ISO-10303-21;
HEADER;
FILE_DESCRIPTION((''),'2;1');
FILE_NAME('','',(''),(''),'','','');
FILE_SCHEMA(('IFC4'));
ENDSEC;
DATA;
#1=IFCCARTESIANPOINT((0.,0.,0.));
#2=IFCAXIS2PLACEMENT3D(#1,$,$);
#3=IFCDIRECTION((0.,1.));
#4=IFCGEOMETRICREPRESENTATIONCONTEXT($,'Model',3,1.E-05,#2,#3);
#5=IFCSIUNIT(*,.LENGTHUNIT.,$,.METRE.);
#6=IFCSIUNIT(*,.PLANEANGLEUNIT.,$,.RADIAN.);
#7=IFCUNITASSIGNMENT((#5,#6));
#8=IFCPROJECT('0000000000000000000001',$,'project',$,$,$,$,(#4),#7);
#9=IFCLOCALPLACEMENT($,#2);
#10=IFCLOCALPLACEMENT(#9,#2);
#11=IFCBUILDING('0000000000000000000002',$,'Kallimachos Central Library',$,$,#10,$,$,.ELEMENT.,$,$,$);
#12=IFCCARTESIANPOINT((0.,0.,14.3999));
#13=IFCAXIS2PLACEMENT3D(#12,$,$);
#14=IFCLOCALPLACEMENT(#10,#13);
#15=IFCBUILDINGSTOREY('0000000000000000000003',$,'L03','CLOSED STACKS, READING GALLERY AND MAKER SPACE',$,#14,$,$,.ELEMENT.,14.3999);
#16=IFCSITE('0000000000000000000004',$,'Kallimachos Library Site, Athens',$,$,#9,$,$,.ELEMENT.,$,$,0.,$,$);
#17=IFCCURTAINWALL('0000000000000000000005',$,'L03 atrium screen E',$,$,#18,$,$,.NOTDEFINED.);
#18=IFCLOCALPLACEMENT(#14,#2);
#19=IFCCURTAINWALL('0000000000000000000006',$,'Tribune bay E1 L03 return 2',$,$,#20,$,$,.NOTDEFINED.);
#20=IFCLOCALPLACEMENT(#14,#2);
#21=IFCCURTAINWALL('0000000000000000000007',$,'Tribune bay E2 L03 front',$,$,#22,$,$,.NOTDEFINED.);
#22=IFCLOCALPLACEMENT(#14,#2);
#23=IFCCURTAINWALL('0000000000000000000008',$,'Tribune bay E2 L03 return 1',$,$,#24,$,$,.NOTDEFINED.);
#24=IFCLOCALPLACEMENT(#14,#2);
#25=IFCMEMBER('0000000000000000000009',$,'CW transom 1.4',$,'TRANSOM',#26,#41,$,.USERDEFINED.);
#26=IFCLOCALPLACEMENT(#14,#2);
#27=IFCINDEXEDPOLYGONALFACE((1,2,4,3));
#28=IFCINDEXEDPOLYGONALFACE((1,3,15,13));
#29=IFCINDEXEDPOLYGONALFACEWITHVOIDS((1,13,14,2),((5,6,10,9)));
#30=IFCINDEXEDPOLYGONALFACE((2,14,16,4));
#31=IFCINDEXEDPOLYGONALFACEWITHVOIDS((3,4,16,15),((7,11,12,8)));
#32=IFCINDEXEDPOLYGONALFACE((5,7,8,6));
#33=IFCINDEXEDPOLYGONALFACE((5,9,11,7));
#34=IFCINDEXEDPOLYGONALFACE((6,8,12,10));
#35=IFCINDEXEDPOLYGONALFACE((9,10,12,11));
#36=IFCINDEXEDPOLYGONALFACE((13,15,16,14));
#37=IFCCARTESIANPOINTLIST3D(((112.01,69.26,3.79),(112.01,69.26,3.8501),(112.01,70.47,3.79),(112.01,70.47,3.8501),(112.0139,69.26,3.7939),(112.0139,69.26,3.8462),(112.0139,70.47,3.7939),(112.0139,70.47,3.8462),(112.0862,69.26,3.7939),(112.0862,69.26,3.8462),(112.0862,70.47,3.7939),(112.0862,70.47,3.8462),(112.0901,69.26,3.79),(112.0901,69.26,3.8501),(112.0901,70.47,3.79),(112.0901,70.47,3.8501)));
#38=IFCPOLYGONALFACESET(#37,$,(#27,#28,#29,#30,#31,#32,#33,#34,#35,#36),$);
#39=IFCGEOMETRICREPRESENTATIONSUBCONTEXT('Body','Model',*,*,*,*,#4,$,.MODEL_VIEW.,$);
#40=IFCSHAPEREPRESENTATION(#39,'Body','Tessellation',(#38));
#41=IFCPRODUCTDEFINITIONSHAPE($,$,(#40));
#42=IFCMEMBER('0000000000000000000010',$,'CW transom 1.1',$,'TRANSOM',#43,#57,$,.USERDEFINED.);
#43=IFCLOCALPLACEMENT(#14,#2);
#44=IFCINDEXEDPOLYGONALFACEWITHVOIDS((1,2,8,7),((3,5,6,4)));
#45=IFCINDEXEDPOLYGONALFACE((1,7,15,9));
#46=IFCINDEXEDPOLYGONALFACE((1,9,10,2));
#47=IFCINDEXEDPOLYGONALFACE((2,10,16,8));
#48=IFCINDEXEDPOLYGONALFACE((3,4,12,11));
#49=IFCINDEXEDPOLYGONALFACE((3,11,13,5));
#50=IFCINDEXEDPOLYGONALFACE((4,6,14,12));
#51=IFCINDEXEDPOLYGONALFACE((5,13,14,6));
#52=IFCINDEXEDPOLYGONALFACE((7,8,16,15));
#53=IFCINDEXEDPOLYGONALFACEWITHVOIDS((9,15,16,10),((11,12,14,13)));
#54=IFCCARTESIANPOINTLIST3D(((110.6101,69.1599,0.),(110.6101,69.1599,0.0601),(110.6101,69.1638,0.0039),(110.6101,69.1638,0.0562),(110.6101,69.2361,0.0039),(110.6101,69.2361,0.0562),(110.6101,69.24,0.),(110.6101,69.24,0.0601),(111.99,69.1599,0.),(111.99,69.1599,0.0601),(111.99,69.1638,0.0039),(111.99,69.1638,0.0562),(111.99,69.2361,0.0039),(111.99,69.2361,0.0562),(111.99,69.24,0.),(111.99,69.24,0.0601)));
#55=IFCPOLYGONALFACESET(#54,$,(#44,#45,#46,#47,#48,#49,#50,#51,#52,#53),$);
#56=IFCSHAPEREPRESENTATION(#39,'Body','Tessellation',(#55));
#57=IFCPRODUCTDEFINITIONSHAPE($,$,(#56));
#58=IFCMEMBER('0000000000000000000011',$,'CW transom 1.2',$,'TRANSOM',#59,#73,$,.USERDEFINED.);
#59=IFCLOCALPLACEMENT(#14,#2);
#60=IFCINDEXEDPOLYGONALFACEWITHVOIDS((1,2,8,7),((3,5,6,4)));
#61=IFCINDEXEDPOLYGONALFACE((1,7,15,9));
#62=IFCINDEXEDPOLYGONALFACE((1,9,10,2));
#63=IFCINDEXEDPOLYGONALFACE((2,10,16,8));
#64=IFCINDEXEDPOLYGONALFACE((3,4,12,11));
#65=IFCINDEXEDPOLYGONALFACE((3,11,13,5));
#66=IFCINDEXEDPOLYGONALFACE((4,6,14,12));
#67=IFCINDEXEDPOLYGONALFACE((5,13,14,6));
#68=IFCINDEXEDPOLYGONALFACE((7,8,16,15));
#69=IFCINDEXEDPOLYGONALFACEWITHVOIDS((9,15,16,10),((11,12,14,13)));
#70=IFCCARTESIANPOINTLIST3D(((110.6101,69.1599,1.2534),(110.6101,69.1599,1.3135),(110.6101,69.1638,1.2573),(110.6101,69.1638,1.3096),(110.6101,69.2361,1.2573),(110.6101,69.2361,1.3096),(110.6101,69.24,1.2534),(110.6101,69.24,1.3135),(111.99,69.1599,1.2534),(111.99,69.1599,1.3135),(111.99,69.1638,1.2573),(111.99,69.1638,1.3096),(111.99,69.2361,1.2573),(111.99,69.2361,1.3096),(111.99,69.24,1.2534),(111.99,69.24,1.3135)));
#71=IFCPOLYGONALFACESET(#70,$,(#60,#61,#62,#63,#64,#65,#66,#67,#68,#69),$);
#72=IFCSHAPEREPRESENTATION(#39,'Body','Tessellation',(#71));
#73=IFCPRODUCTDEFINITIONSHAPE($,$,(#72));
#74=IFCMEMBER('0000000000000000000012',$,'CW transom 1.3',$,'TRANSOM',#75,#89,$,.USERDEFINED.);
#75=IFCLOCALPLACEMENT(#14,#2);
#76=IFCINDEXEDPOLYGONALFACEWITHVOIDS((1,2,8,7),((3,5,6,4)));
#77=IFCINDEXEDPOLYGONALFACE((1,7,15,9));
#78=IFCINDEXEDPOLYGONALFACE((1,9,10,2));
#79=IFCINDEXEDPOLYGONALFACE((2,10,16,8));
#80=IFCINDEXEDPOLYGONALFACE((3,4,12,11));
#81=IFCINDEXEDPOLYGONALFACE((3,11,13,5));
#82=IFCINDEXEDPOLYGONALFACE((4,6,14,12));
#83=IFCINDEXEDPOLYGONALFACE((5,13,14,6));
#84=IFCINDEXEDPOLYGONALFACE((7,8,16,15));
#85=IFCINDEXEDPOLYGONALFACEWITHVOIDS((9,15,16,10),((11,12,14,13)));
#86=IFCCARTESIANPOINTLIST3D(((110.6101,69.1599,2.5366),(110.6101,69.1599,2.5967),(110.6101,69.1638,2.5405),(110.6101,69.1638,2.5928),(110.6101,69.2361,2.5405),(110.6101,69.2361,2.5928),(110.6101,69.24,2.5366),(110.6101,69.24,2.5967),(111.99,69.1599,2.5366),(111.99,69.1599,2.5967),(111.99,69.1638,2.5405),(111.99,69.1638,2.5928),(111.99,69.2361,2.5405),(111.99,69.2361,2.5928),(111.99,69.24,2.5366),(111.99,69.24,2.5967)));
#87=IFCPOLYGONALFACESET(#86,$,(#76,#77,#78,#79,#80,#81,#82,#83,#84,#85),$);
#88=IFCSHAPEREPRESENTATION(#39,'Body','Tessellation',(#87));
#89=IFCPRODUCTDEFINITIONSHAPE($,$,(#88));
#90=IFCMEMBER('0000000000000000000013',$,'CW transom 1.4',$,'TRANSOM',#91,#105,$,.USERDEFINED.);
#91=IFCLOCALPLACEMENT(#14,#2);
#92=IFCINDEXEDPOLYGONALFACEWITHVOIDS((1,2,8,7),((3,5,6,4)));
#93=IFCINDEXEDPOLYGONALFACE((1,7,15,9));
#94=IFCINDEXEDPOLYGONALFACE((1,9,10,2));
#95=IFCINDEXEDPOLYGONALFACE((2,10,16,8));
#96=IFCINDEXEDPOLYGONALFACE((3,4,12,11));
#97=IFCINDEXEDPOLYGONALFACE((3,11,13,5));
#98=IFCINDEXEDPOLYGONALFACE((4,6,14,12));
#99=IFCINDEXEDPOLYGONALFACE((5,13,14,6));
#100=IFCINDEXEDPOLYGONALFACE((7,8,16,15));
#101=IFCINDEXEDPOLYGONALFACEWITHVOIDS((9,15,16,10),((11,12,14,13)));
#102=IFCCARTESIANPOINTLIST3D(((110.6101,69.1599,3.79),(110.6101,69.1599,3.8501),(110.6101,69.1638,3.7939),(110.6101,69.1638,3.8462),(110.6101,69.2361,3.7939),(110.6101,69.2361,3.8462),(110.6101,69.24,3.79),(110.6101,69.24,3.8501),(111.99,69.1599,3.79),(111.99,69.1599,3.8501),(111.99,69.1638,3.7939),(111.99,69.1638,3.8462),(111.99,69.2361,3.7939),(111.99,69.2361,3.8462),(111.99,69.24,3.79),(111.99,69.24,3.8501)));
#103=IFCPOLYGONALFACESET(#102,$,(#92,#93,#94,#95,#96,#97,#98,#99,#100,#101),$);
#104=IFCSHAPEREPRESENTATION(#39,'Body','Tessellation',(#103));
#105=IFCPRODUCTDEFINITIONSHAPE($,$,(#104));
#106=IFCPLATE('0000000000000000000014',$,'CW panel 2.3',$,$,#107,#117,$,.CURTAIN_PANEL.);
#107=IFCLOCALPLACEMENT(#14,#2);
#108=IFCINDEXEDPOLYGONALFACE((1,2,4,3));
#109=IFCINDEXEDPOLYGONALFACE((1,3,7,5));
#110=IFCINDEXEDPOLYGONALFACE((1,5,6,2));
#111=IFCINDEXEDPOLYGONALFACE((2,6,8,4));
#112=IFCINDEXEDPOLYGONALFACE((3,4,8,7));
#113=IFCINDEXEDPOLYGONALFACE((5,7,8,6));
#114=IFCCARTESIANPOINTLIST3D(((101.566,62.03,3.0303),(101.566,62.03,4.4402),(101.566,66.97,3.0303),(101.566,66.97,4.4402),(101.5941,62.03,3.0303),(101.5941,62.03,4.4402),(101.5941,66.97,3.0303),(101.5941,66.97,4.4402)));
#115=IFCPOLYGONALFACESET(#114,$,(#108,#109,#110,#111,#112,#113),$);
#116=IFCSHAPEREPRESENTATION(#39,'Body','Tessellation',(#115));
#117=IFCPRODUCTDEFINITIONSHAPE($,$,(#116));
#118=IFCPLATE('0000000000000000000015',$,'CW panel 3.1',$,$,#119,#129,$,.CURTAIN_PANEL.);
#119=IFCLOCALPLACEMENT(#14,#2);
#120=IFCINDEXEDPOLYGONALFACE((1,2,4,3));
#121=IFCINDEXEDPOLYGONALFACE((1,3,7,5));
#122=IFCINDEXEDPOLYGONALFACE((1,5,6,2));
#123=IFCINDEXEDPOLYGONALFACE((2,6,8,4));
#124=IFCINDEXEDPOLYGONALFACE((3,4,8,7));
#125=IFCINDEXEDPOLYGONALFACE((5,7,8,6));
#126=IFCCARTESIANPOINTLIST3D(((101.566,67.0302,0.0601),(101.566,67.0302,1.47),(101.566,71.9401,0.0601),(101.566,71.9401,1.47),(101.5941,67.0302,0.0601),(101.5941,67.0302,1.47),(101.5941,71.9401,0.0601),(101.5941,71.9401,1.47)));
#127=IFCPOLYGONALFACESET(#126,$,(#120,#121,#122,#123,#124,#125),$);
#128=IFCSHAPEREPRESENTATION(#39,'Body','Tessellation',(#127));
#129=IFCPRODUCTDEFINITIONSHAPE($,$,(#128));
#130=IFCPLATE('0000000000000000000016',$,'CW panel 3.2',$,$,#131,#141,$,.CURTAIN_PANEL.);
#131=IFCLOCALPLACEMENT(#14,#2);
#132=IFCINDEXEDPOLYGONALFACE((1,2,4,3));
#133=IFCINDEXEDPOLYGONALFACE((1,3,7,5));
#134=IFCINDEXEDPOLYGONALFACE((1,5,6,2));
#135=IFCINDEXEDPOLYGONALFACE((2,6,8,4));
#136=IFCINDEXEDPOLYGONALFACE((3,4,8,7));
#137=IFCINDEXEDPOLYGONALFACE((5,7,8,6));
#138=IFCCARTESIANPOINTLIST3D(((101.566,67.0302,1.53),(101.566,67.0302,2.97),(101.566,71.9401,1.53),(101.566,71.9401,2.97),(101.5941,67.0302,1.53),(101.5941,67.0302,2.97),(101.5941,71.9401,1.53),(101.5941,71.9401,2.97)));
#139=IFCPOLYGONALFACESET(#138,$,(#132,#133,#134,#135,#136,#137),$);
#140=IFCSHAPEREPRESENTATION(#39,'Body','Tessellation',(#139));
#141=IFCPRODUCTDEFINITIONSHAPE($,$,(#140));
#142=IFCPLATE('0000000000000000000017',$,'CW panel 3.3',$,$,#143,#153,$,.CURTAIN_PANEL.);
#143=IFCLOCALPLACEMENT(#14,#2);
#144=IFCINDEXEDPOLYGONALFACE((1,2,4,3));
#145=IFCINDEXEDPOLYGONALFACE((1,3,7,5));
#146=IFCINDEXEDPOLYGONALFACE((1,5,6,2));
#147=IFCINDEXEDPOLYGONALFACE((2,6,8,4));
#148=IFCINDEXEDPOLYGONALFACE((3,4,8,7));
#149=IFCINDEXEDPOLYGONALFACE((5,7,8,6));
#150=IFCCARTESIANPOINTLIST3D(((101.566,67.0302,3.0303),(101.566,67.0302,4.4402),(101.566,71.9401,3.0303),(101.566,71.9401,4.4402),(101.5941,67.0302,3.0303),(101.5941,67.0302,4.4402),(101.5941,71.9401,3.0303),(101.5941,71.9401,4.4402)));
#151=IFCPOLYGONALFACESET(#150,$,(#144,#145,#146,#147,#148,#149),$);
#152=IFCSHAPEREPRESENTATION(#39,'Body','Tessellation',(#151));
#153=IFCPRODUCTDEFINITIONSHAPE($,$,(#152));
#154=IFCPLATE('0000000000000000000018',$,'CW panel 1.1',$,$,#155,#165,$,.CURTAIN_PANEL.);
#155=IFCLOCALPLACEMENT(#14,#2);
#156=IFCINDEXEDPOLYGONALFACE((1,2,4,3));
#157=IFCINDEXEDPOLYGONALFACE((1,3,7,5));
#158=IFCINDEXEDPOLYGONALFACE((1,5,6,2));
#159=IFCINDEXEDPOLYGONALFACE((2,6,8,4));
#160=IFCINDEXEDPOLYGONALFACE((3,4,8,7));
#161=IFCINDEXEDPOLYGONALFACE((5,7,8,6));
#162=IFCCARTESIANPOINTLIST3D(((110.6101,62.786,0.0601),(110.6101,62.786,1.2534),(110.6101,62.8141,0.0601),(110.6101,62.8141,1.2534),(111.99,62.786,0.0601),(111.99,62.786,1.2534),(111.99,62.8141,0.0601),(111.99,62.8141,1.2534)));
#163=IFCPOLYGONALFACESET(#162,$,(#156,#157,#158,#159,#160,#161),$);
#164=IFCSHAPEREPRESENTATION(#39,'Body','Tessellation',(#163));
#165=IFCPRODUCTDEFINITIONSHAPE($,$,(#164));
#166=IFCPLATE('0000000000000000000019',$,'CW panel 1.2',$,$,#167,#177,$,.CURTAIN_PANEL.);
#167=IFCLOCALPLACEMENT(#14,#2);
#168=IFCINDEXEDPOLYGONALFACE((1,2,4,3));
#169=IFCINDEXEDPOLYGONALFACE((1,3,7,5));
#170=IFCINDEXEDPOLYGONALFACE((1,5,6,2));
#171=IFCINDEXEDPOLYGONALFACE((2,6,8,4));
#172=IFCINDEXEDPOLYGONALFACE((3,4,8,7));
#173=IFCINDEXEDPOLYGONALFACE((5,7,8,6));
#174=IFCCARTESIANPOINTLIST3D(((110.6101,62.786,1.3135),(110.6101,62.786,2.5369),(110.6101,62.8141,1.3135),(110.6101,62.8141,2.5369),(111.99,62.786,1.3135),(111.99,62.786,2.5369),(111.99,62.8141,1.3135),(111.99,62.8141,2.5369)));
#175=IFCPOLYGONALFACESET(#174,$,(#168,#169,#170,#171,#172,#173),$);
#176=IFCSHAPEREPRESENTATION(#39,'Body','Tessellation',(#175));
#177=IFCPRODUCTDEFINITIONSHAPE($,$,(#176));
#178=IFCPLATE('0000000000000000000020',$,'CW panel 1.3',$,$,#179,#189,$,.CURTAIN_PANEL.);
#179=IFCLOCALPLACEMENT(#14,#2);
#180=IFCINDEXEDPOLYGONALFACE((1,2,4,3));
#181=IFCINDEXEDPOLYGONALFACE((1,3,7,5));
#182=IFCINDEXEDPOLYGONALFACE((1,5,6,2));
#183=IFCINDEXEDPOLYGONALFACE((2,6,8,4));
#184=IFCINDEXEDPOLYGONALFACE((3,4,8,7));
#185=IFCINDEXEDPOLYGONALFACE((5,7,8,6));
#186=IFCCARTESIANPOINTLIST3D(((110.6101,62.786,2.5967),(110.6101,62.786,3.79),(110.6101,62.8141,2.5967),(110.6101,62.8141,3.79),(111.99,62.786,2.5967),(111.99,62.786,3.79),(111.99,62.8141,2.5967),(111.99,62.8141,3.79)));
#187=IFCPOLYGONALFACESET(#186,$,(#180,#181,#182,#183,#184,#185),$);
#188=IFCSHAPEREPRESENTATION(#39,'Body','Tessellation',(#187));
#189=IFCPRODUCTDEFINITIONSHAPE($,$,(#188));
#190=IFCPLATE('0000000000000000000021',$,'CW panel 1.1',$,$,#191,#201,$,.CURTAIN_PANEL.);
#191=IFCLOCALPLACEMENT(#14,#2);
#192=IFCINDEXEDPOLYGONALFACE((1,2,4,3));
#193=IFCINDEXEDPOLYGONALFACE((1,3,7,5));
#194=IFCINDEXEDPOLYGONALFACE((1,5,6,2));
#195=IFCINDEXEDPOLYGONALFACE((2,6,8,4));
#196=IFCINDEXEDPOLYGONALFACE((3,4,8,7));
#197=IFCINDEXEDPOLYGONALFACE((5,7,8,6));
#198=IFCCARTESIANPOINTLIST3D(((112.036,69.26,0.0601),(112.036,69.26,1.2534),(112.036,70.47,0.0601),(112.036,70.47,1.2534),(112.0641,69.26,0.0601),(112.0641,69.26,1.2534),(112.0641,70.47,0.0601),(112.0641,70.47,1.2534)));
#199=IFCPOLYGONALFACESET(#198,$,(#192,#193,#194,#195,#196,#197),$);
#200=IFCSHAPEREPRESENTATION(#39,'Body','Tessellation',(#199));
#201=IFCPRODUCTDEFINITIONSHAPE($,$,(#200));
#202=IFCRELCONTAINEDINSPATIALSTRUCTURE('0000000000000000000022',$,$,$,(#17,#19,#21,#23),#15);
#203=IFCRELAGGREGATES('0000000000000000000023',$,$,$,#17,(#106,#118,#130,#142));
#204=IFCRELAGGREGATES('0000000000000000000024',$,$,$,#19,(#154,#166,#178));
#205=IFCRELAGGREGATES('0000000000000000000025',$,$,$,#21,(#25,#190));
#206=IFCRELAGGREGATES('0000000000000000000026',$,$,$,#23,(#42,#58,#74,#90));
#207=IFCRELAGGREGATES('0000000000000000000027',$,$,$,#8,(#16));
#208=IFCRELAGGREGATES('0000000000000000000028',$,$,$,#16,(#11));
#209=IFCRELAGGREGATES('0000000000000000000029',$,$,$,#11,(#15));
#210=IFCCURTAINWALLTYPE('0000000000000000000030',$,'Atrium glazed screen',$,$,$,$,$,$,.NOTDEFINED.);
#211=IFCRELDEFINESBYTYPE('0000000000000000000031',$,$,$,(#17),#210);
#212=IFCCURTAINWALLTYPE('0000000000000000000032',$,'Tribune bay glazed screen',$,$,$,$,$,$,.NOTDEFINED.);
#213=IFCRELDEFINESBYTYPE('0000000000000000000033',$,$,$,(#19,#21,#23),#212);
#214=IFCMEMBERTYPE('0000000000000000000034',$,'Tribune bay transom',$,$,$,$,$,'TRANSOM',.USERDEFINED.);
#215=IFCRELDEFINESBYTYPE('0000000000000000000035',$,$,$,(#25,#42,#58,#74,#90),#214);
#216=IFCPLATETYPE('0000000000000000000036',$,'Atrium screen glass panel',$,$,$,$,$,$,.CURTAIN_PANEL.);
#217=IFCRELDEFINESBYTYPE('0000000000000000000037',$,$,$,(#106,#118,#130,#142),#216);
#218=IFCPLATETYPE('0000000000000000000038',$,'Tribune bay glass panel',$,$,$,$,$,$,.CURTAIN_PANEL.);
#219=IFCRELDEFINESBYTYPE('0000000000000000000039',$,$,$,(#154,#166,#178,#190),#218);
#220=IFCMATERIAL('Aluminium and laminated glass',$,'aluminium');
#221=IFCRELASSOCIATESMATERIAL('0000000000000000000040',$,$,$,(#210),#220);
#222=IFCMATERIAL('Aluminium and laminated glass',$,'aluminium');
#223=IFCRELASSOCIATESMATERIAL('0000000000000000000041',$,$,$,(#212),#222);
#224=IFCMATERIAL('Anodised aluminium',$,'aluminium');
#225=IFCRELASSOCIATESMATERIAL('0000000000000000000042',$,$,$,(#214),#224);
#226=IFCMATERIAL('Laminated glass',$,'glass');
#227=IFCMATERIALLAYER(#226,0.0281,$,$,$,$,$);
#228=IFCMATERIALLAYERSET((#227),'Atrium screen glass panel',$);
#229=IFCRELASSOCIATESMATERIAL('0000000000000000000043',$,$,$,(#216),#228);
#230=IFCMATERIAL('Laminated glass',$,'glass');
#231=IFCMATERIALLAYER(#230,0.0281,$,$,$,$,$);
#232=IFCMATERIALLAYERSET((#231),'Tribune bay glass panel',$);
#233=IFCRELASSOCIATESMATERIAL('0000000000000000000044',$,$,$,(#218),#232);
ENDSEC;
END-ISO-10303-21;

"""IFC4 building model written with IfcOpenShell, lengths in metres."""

from ifc_helpers import new_model, si_unit, direction, frame, origin, origin_2d, place, context, subcontext, project, spatial, rectangle, hollow_rectangle, extrude, material, layer, layer_set, material_profile, profile_set, type_object, element, aggregate, save


model = new_model("IFC4")

# Units and contexts
model_context = context("Model", 3, precision=1e-05, world=origin(), true_north=direction((0.0, 1.0)))
body_context = subcontext(model_context, "Body", "Model", "MODEL_VIEW")
ifc_project = project(units=[si_unit("LENGTHUNIT", "METRE"), si_unit("PLANEANGLEUNIT", "RADIAN")], contexts=[model_context])

# Site, building, storey
site_placement = place(None, origin())
site = spatial("IfcSite", under=ifc_project, at=site_placement, Name="Kallimachos Library Site, Athens", CompositionType="ELEMENT", RefElevation=0.0)
building_placement = place(site_placement, origin())
building = spatial("IfcBuilding", under=site, at=building_placement, Name="Kallimachos Central Library", CompositionType="ELEMENT")
storey_placement = place(building_placement, frame((0.0, 0.0, 14.3999)))
storey = spatial("IfcBuildingStorey", under=building, at=storey_placement, Name="L03", Description="CLOSED STACKS, READING GALLERY AND MAKER SPACE", CompositionType="ELEMENT", Elevation=14.3999)

# Curtain wall
ifc_material_1 = material(Name="Aluminium and laminated glass", Category="aluminium")
curtain_wall_type_1 = type_object("IfcCurtainWallType", Name="Atrium glazed screen", PredefinedType="NOTDEFINED", material=ifc_material_1)
curtain_wall_1_placement = place(storey_placement, origin())
curtain_wall_1 = element("IfcCurtainWall", 1, at=curtain_wall_1_placement, inside=storey, type_object=curtain_wall_type_1, Name="L03 atrium screen E", PredefinedType="NOTDEFINED")

# Curtain walls
ifc_material_2 = material(Name="Aluminium and laminated glass", Category="aluminium")
curtain_wall_type_2 = type_object("IfcCurtainWallType", Name="Tribune bay glazed screen", PredefinedType="NOTDEFINED", material=ifc_material_2)
curtain_wall_2_placement = place(storey_placement, origin())
curtain_wall_2 = element("IfcCurtainWall", 2, at=curtain_wall_2_placement, inside=storey, type_object=curtain_wall_type_2, Name="Tribune bay E1 L03 return 2", PredefinedType="NOTDEFINED")
curtain_wall_3_placement = place(storey_placement, origin())
curtain_wall_3 = element("IfcCurtainWall", 3, at=curtain_wall_3_placement, inside=storey, type_object=curtain_wall_type_2, Name="Tribune bay E2 L03 front", PredefinedType="NOTDEFINED")

# Curtain wall
curtain_wall_4_placement = place(storey_placement, origin())
curtain_wall_4 = element("IfcCurtainWall", 4, at=curtain_wall_4_placement, inside=storey, type_object=curtain_wall_type_2, Name="Tribune bay E2 L03 return 1", PredefinedType="NOTDEFINED")

# Members
ifc_material_3 = material(Name="Anodised aluminium", Category="aluminium")
ifc_material_profile_1 = material_profile(ifc_material_3, hollow_rectangle(XDim=0.0601, YDim=0.0801, WallThickness=0.0039, at=origin_2d()), Name="ALU TRANSOM 60x80")
ifc_profile_set_1 = profile_set([ifc_material_profile_1], Name="Anodised aluminium")
member_type_1 = type_object("IfcMemberType", Name="Tribune bay transom", ElementType="TRANSOM", PredefinedType="USERDEFINED", material=ifc_profile_set_1)
member_1_placement = place(storey_placement, frame((112.05, 69.26, 3.8201), z_axis=(0.0, 1.0, 0.0), x_axis=(0.0, 0.0, 1.0)))
member_1 = element("IfcMember", 5, at=member_1_placement, type_object=member_type_1, Name="CW transom 1.4", ObjectType="TRANSOM", PredefinedType="USERDEFINED", context=body_context, shape_type="SweptSolid", body=[
    extrude(hollow_rectangle(XDim=0.0601, YDim=0.0801, WallThickness=0.0039, at=origin_2d()), origin(), (0.0, 0.0, 1.0), 1.21),
])
member_2_placement = place(storey_placement, frame((110.6101, 69.2, 0.03), z_axis=(1.0, 0.0, 0.0), x_axis=(0.0, 0.0, 1.0)))
member_2 = element("IfcMember", 6, at=member_2_placement, type_object=member_type_1, Name="CW transom 1.1", ObjectType="TRANSOM", PredefinedType="USERDEFINED", context=body_context, shape_type="SweptSolid", body=[
    extrude(hollow_rectangle(XDim=0.0601, YDim=0.0801, WallThickness=0.0039, at=origin_2d()), origin(), (0.0, 0.0, 1.0), 1.3799),
])
member_3_placement = place(storey_placement, frame((110.6101, 69.2, 1.2834), z_axis=(1.0, 0.0, 0.0), x_axis=(0.0, 0.0, 1.0)))
member_3 = element("IfcMember", 7, at=member_3_placement, type_object=member_type_1, Name="CW transom 1.2", ObjectType="TRANSOM", PredefinedType="USERDEFINED", context=body_context, shape_type="SweptSolid", body=[
    extrude(hollow_rectangle(XDim=0.0601, YDim=0.0801, WallThickness=0.0039, at=origin_2d()), origin(), (0.0, 0.0, 1.0), 1.3799),
])
member_4_placement = place(storey_placement, frame((110.6101, 69.2, 2.5667), z_axis=(1.0, 0.0, 0.0), x_axis=(0.0, 0.0, 1.0)))
member_4 = element("IfcMember", 8, at=member_4_placement, type_object=member_type_1, Name="CW transom 1.3", ObjectType="TRANSOM", PredefinedType="USERDEFINED", context=body_context, shape_type="SweptSolid", body=[
    extrude(hollow_rectangle(XDim=0.0601, YDim=0.0801, WallThickness=0.0039, at=origin_2d()), origin(), (0.0, 0.0, 1.0), 1.3799),
])
member_5_placement = place(storey_placement, frame((110.6101, 69.2, 3.8201), z_axis=(1.0, 0.0, 0.0), x_axis=(0.0, 0.0, 1.0)))
member_5 = element("IfcMember", 9, at=member_5_placement, type_object=member_type_1, Name="CW transom 1.4", ObjectType="TRANSOM", PredefinedType="USERDEFINED", context=body_context, shape_type="SweptSolid", body=[
    extrude(hollow_rectangle(XDim=0.0601, YDim=0.0801, WallThickness=0.0039, at=origin_2d()), origin(), (0.0, 0.0, 1.0), 1.3799),
])

# Plates
ifc_material_4 = material(Name="Laminated glass", Category="glass")
ifc_layer_1 = layer(ifc_material_4, 0.0281)
ifc_layer_set_1 = layer_set([ifc_layer_1], Name="Atrium screen glass panel")
plate_type_1 = type_object("IfcPlateType", Name="Atrium screen glass panel", PredefinedType="CURTAIN_PANEL", material=ifc_layer_set_1)
plate_1_placement = place(storey_placement, frame((101.5801, 64.5, 3.0303), z_axis=(0.0, 0.0, 1.0), x_axis=(0.0, 1.0, 0.0)))
plate_1 = element("IfcPlate", 10, at=plate_1_placement, type_object=plate_type_1, Name="CW panel 2.3", PredefinedType="CURTAIN_PANEL", context=body_context, shape_type="SweptSolid", body=[
    extrude(rectangle(XDim=4.9399, YDim=0.0281, at=origin_2d()), origin(), (0.0, 0.0, 1.0), 1.4099),
])
plate_2_placement = place(storey_placement, frame((101.5801, 69.4851, 0.0601), z_axis=(0.0, 0.0, 1.0), x_axis=(0.0, 1.0, 0.0)))
plate_2 = element("IfcPlate", 11, at=plate_2_placement, type_object=plate_type_1, Name="CW panel 3.1", PredefinedType="CURTAIN_PANEL", context=body_context, shape_type="SweptSolid", body=[
    extrude(rectangle(XDim=4.9099, YDim=0.0281, at=origin_2d()), origin(), (0.0, 0.0, 1.0), 1.4099),
])
plate_3_placement = place(storey_placement, frame((101.5801, 69.4851, 1.53), z_axis=(0.0, 0.0, 1.0), x_axis=(0.0, 1.0, 0.0)))
plate_3 = element("IfcPlate", 12, at=plate_3_placement, type_object=plate_type_1, Name="CW panel 3.2", PredefinedType="CURTAIN_PANEL", context=body_context, shape_type="SweptSolid", body=[
    extrude(rectangle(XDim=4.9099, YDim=0.0281, at=origin_2d()), origin(), (0.0, 0.0, 1.0), 1.4399),
])
plate_4_placement = place(storey_placement, frame((101.5801, 69.4851, 3.0303), z_axis=(0.0, 0.0, 1.0), x_axis=(0.0, 1.0, 0.0)))
plate_4 = element("IfcPlate", 13, at=plate_4_placement, type_object=plate_type_1, Name="CW panel 3.3", PredefinedType="CURTAIN_PANEL", context=body_context, shape_type="SweptSolid", body=[
    extrude(rectangle(XDim=4.9099, YDim=0.0281, at=origin_2d()), origin(), (0.0, 0.0, 1.0), 1.4099),
])
aggregate(curtain_wall_1, [plate_1, plate_2, plate_3, plate_4])
ifc_material_5 = material(Name="Laminated glass", Category="glass")
ifc_layer_2 = layer(ifc_material_5, 0.0281)
ifc_layer_set_2 = layer_set([ifc_layer_2], Name="Tribune bay glass panel")
plate_type_2 = type_object("IfcPlateType", Name="Tribune bay glass panel", PredefinedType="CURTAIN_PANEL", material=ifc_layer_set_2)
plate_5_placement = place(storey_placement, frame((111.3, 62.8, 0.0601), z_axis=(0.0, 0.0, 1.0), x_axis=(1.0, 0.0, 0.0)))
plate_5 = element("IfcPlate", 14, at=plate_5_placement, type_object=plate_type_2, Name="CW panel 1.1", PredefinedType="CURTAIN_PANEL", context=body_context, shape_type="SweptSolid", body=[
    extrude(rectangle(XDim=1.3799, YDim=0.0281, at=origin_2d()), origin(), (0.0, 0.0, 1.0), 1.1934),
])
plate_6_placement = place(storey_placement, frame((111.3, 62.8, 1.3135), z_axis=(0.0, 0.0, 1.0), x_axis=(1.0, 0.0, 0.0)))
plate_6 = element("IfcPlate", 15, at=plate_6_placement, type_object=plate_type_2, Name="CW panel 1.2", PredefinedType="CURTAIN_PANEL", context=body_context, shape_type="SweptSolid", body=[
    extrude(rectangle(XDim=1.3799, YDim=0.0281, at=origin_2d()), origin(), (0.0, 0.0, 1.0), 1.2234),
])
plate_7_placement = place(storey_placement, frame((111.3, 62.8, 2.5967), z_axis=(0.0, 0.0, 1.0), x_axis=(1.0, 0.0, 0.0)))
plate_7 = element("IfcPlate", 16, at=plate_7_placement, type_object=plate_type_2, Name="CW panel 1.3", PredefinedType="CURTAIN_PANEL", context=body_context, shape_type="SweptSolid", body=[
    extrude(rectangle(XDim=1.3799, YDim=0.0281, at=origin_2d()), origin(), (0.0, 0.0, 1.0), 1.1934),
])
aggregate(curtain_wall_2, [plate_5, plate_6, plate_7])
plate_8_placement = place(storey_placement, frame((112.05, 69.865, 0.0601), z_axis=(0.0, 0.0, 1.0), x_axis=(0.0, 1.0, 0.0)))
plate_8 = element("IfcPlate", 17, at=plate_8_placement, type_object=plate_type_2, Name="CW panel 1.1", PredefinedType="CURTAIN_PANEL", context=body_context, shape_type="SweptSolid", body=[
    extrude(rectangle(XDim=1.21, YDim=0.0281, at=origin_2d()), origin(), (0.0, 0.0, 1.0), 1.1934),
])
aggregate(curtain_wall_3, [member_1, plate_8])
aggregate(curtain_wall_4, [member_2, member_3, member_4, member_5])

save(model, "model.ifc")
